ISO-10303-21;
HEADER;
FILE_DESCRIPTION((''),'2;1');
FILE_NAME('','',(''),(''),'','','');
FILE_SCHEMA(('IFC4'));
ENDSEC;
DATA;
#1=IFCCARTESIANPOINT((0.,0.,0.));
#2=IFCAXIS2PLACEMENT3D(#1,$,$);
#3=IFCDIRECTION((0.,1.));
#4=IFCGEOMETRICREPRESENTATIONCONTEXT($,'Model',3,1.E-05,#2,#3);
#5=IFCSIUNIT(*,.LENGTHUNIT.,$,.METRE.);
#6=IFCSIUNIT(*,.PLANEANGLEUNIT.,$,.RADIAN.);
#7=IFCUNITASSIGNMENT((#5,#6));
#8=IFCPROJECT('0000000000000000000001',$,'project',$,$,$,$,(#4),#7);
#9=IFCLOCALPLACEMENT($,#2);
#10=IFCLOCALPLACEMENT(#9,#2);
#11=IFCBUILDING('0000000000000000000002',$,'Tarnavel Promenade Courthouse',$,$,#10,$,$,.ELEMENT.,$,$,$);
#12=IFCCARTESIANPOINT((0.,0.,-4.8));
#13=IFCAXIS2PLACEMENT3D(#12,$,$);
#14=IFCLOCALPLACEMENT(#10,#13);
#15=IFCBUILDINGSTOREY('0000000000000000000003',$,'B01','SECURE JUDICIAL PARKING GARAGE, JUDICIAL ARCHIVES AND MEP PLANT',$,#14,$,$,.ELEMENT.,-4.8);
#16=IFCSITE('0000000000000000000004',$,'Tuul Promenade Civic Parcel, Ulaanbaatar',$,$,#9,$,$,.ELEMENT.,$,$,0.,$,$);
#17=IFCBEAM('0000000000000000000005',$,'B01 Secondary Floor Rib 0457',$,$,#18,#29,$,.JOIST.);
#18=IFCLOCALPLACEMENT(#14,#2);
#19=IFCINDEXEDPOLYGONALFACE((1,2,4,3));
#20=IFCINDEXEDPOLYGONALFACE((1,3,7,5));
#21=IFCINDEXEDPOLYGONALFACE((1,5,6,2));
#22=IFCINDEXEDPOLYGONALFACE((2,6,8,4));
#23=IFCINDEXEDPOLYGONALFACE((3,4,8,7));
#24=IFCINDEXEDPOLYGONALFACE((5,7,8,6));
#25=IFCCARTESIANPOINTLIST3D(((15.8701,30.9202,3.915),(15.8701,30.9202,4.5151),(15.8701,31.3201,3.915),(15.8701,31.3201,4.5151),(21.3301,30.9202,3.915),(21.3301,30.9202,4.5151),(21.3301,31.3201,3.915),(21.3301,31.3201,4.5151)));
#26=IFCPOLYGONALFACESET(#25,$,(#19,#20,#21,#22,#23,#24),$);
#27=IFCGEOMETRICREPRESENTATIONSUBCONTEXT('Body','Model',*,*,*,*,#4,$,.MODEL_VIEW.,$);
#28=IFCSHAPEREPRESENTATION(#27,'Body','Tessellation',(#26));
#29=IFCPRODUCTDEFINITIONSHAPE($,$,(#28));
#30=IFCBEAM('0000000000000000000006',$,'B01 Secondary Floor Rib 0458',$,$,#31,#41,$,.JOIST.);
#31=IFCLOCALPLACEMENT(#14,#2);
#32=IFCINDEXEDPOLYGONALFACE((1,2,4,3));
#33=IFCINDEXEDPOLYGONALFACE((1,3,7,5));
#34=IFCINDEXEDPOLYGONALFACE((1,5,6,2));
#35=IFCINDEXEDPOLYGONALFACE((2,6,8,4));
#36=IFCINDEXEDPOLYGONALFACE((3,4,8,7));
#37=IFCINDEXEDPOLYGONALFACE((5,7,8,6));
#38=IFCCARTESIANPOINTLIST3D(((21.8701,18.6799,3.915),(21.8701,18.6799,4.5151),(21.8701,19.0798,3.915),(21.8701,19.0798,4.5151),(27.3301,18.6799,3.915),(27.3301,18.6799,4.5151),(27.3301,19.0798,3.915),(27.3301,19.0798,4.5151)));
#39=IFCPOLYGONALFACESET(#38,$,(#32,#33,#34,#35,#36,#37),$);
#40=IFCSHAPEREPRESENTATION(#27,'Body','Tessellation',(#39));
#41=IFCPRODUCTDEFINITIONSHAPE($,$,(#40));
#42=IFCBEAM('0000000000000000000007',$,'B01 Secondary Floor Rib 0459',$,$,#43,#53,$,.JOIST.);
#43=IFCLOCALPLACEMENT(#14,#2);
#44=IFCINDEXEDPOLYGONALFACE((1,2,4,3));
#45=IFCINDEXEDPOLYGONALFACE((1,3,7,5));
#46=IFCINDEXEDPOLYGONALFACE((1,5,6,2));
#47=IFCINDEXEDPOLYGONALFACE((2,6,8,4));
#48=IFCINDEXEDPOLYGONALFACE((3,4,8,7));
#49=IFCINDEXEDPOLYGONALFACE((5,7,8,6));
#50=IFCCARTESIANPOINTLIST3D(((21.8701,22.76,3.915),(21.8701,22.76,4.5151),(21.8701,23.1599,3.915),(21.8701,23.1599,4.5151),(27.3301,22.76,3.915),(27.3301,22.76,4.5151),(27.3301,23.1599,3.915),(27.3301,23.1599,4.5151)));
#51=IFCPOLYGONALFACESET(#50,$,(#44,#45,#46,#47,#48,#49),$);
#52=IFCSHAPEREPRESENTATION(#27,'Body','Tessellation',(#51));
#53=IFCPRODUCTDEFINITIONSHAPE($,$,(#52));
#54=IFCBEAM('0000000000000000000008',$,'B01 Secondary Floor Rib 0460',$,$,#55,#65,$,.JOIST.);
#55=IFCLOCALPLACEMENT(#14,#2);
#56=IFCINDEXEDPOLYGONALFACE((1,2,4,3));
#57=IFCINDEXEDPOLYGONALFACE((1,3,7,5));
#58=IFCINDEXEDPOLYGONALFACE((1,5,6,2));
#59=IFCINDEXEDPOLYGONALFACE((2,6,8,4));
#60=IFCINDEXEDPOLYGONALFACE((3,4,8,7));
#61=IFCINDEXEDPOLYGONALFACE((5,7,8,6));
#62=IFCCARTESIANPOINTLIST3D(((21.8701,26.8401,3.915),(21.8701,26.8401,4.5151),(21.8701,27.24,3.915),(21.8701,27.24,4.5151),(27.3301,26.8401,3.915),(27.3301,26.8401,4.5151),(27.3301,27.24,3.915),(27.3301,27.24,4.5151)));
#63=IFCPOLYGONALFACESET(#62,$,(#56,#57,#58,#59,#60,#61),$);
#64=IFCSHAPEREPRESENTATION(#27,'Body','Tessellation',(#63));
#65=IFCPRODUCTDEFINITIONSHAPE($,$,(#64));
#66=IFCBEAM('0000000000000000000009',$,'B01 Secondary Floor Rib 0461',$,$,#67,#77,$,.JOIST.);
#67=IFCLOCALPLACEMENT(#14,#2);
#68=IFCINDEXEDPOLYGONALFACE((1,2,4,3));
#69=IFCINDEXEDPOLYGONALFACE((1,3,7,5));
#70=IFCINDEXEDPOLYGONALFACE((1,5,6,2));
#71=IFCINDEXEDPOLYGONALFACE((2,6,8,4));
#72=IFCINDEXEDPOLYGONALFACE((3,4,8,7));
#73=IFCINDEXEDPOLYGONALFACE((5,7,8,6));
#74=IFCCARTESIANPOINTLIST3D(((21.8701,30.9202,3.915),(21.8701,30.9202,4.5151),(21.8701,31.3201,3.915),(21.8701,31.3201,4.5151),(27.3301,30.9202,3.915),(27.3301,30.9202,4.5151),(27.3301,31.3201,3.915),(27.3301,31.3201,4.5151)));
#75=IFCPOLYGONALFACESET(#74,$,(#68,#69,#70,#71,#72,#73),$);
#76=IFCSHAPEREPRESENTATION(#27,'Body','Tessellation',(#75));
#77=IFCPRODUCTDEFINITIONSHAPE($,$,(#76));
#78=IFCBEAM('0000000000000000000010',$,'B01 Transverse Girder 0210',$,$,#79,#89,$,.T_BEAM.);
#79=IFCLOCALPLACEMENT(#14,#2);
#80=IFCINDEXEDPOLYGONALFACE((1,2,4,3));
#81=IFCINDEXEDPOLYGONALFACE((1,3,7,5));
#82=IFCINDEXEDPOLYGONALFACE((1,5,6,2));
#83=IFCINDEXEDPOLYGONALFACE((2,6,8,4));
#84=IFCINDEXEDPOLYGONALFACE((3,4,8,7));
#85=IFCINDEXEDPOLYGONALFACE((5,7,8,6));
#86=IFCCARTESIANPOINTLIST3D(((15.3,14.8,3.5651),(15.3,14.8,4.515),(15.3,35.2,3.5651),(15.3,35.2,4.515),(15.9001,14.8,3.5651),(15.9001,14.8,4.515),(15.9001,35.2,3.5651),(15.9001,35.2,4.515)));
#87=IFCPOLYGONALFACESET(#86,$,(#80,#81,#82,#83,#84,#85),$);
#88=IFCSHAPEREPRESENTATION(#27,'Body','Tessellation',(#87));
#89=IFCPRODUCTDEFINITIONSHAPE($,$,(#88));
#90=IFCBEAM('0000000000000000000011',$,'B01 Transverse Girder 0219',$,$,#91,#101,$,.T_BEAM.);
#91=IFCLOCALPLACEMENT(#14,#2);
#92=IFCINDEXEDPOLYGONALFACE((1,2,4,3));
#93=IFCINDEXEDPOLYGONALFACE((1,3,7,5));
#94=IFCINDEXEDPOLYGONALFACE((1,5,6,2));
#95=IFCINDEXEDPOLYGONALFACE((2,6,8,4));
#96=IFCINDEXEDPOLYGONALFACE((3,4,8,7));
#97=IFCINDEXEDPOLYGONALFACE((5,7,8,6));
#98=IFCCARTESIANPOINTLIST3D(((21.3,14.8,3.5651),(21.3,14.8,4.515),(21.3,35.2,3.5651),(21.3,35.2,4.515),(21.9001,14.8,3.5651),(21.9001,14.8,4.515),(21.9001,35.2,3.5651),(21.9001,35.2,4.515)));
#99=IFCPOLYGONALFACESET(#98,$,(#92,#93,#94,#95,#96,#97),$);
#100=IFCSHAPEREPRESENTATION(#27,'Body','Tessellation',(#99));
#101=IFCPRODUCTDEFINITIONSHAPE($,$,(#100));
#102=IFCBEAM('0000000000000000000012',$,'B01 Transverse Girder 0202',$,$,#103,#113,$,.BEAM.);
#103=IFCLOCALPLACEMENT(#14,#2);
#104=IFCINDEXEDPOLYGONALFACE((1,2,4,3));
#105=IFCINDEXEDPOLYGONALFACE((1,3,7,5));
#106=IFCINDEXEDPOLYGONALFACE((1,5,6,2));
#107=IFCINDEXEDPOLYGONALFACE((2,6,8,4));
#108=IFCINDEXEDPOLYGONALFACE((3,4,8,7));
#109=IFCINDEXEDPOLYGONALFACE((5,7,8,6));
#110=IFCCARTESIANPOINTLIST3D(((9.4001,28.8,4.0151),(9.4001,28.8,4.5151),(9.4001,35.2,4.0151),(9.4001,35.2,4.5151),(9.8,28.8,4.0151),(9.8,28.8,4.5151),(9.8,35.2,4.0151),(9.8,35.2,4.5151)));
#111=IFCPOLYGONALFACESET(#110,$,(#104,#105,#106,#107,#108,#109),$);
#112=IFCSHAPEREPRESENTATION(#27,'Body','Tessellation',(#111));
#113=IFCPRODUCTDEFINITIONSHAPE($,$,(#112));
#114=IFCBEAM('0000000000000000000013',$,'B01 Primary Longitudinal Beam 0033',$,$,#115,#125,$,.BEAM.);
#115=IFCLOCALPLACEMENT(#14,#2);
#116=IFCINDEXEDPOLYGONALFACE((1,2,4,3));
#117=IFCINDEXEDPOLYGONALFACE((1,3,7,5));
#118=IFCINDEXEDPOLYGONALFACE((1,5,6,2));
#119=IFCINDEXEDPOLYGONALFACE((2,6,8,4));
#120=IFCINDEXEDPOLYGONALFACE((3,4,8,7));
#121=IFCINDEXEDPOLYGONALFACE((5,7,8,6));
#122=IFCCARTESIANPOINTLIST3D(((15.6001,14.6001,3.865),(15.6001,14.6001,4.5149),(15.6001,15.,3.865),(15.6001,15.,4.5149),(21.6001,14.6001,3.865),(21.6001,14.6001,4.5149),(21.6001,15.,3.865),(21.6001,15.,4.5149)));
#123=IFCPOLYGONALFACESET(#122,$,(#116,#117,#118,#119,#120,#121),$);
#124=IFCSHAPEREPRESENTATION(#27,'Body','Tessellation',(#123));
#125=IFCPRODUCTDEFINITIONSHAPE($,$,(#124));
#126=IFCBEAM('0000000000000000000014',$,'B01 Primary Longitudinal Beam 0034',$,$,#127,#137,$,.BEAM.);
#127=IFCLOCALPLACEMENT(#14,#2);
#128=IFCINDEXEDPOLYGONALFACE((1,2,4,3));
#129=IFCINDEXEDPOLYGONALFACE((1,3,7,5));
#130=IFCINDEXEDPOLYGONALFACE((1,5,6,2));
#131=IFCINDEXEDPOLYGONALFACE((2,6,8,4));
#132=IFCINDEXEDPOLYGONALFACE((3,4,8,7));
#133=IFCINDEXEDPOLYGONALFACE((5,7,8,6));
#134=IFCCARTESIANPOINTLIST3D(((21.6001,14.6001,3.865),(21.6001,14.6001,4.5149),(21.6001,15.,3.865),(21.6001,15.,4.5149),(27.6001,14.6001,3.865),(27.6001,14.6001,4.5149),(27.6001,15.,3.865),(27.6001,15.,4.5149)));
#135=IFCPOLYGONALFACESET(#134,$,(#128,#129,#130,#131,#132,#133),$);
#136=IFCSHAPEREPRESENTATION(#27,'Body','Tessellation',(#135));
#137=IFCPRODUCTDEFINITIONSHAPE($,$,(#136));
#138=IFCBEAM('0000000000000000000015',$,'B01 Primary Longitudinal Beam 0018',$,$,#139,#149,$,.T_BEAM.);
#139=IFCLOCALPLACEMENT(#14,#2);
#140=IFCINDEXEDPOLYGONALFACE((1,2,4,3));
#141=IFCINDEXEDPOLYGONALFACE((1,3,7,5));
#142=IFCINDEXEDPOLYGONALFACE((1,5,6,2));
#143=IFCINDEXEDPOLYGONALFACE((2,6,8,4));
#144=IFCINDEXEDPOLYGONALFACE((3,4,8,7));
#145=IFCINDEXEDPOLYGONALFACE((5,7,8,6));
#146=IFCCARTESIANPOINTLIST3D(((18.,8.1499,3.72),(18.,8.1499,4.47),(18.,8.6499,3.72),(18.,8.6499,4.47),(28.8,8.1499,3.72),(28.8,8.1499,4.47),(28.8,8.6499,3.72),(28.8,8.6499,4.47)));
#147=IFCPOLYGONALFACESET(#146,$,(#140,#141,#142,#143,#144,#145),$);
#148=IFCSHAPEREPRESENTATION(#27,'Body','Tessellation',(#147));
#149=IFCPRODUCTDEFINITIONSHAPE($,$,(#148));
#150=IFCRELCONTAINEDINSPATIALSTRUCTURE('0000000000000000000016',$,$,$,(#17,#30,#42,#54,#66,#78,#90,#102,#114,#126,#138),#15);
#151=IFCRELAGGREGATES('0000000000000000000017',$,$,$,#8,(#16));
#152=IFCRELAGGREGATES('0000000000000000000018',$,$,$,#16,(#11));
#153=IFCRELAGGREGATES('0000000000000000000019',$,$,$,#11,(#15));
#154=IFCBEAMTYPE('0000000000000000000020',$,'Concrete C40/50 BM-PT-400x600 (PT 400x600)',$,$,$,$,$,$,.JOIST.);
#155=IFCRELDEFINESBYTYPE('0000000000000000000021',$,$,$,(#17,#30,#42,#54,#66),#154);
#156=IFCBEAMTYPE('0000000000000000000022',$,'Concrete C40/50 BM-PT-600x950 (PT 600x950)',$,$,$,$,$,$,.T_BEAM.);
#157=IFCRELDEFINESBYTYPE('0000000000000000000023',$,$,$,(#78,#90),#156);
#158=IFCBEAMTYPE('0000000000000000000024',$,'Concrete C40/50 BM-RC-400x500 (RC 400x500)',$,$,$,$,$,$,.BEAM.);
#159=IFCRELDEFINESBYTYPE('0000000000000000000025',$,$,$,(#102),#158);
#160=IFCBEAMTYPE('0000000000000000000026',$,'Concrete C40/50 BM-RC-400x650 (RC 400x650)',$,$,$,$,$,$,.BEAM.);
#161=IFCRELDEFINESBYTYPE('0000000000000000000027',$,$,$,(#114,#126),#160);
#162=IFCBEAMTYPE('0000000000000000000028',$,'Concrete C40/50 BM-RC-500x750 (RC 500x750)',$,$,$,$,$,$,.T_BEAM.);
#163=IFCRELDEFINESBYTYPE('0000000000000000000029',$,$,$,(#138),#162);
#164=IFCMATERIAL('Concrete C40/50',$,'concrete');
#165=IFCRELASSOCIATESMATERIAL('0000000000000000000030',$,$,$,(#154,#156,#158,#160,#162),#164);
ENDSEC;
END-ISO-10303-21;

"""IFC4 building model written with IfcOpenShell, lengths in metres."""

from ifc_helpers import new_model, si_unit, direction, frame, origin, origin_2d, place, context, subcontext, project, spatial, rectangle, extrude, material, material_profile, profile_set, type_object, element, save


model = new_model("IFC4")

# Units and contexts
model_context = context("Model", 3, precision=1e-05, world=origin(), true_north=direction((0.0, 1.0)))
body_context = subcontext(model_context, "Body", "Model", "MODEL_VIEW")
ifc_project = project(units=[si_unit("LENGTHUNIT", "METRE"), si_unit("PLANEANGLEUNIT", "RADIAN")], contexts=[model_context])

# Site, building, storey
site_placement = place(None, origin())
site = spatial("IfcSite", under=ifc_project, at=site_placement, Name="Tuul Promenade Civic Parcel, Ulaanbaatar", CompositionType="ELEMENT", RefElevation=0.0)
building_placement = place(site_placement, origin())
building = spatial("IfcBuilding", under=site, at=building_placement, Name="Tarnavel Promenade Courthouse", CompositionType="ELEMENT")
storey_placement = place(building_placement, frame((0.0, 0.0, -4.8)))
storey = spatial("IfcBuildingStorey", under=building, at=storey_placement, Name="B01", Description="SECURE JUDICIAL PARKING GARAGE, JUDICIAL ARCHIVES AND MEP PLANT", CompositionType="ELEMENT", Elevation=-4.8)

# Shared definitions
ifc_material_1 = material(Name="Concrete C40/50", Category="concrete")

# Beams
ifc_material_profile_1 = material_profile(ifc_material_1, rectangle(XDim=0.3999, YDim=0.6001, at=origin_2d()), Name="PT 400x600")
ifc_profile_set_1 = profile_set([ifc_material_profile_1], Name="Concrete C40/50")
beam_type_1 = type_object("IfcBeamType", Name="Concrete C40/50 BM-PT-400x600 (PT 400x600)", PredefinedType="JOIST", material=ifc_profile_set_1)
for number, where, z_axis, x_axis, name in (
    (1, (15.8701, 31.1201, 4.2151), (1.0, 0.0, 0.0), (0.0, 1.0, 0.0), "B01 Secondary Floor Rib 0457"),
    (2, (21.8701, 18.8799, 4.2151), (1.0, 0.0, 0.0), (0.0, 1.0, 0.0), "B01 Secondary Floor Rib 0458"),
    (3, (21.8701, 22.96, 4.2151), (1.0, 0.0, 0.0), (0.0, 1.0, 0.0), "B01 Secondary Floor Rib 0459"),
    (4, (21.8701, 27.04, 4.2151), (1.0, 0.0, 0.0), (0.0, 1.0, 0.0), "B01 Secondary Floor Rib 0460"),
    (5, (21.8701, 31.1201, 4.2151), (1.0, 0.0, 0.0), (0.0, 1.0, 0.0), "B01 Secondary Floor Rib 0461"),
):
    element("IfcBeam", number, at=place(storey_placement, frame(where, z_axis=z_axis, x_axis=x_axis)), inside=storey, type_object=beam_type_1, Name=name, PredefinedType="JOIST", context=body_context, shape_type="SweptSolid", body=[
        extrude(rectangle(XDim=0.3999, YDim=0.6001, at=origin_2d()), origin(), (0.0, 0.0, 1.0), 5.46),
    ])
ifc_material_profile_2 = material_profile(ifc_material_1, rectangle(XDim=0.6001, YDim=0.95, at=origin_2d()), Name="PT 600x950")
ifc_profile_set_2 = profile_set([ifc_material_profile_2], Name="Concrete C40/50")
beam_type_2 = type_object("IfcBeamType", Name="Concrete C40/50 BM-PT-600x950 (PT 600x950)", PredefinedType="T_BEAM", material=ifc_profile_set_2)
for number, where, z_axis, x_axis, name in (
    (6, (15.6001, 14.8, 4.04), (0.0, 1.0, 0.0), (-1.0, 0.0, 0.0), "B01 Transverse Girder 0210"),
    (7, (21.6001, 14.8, 4.04), (0.0, 1.0, 0.0), (-1.0, 0.0, 0.0), "B01 Transverse Girder 0219"),
):
    element("IfcBeam", number, at=place(storey_placement, frame(where, z_axis=z_axis, x_axis=x_axis)), inside=storey, type_object=beam_type_2, Name=name, PredefinedType="T_BEAM", context=body_context, shape_type="SweptSolid", body=[
        extrude(rectangle(XDim=0.6001, YDim=0.95, at=origin_2d()), origin(), (0.0, 0.0, 1.0), 20.3999),
    ])
ifc_material_profile_3 = material_profile(ifc_material_1, rectangle(XDim=0.3999, YDim=0.5, at=origin_2d()), Name="RC 400x500")
ifc_profile_set_3 = profile_set([ifc_material_profile_3], Name="Concrete C40/50")
beam_type_3 = type_object("IfcBeamType", Name="Concrete C40/50 BM-RC-400x500 (RC 400x500)", PredefinedType="BEAM", material=ifc_profile_set_3)
beam_1_placement = place(storey_placement, frame((9.6001, 28.8, 4.2651), z_axis=(0.0, 1.0, 0.0), x_axis=(-1.0, 0.0, 0.0)))
element("IfcBeam", 8, at=beam_1_placement, inside=storey, type_object=beam_type_3, Name="B01 Transverse Girder 0202", PredefinedType="BEAM", context=body_context, shape_type="SweptSolid", body=[
    extrude(rectangle(XDim=0.3999, YDim=0.5, at=origin_2d()), origin(), (0.0, 0.0, 1.0), 6.3999),
])
ifc_material_profile_4 = material_profile(ifc_material_1, rectangle(XDim=0.3999, YDim=0.6499, at=origin_2d()), Name="RC 400x650")
ifc_profile_set_4 = profile_set([ifc_material_profile_4], Name="Concrete C40/50")
beam_type_4 = type_object("IfcBeamType", Name="Concrete C40/50 BM-RC-400x650 (RC 400x650)", PredefinedType="BEAM", material=ifc_profile_set_4)
for number, where, z_axis, x_axis, name in (
    (9, (15.6001, 14.8, 4.1899), (1.0, 0.0, 0.0), (0.0, 1.0, 0.0), "B01 Primary Longitudinal Beam 0033"),
    (10, (21.6001, 14.8, 4.1899), (1.0, 0.0, 0.0), (0.0, 1.0, 0.0), "B01 Primary Longitudinal Beam 0034"),
):
    element("IfcBeam", number, at=place(storey_placement, frame(where, z_axis=z_axis, x_axis=x_axis)), inside=storey, type_object=beam_type_4, Name=name, PredefinedType="BEAM", context=body_context, shape_type="SweptSolid", body=[
        extrude(rectangle(XDim=0.3999, YDim=0.6499, at=origin_2d()), origin(), (0.0, 0.0, 1.0), 6.0),
    ])
ifc_material_profile_5 = material_profile(ifc_material_1, rectangle(XDim=0.5, YDim=0.75, at=origin_2d()), Name="RC 500x750")
ifc_profile_set_5 = profile_set([ifc_material_profile_5], Name="Concrete C40/50")
beam_type_5 = type_object("IfcBeamType", Name="Concrete C40/50 BM-RC-500x750 (RC 500x750)", PredefinedType="T_BEAM", material=ifc_profile_set_5)
beam_2_placement = place(storey_placement, frame((18.0, 8.3999, 4.095), z_axis=(1.0, 0.0, 0.0), x_axis=(0.0, 1.0, 0.0)))
element("IfcBeam", 11, at=beam_2_placement, inside=storey, type_object=beam_type_5, Name="B01 Primary Longitudinal Beam 0018", PredefinedType="T_BEAM", context=body_context, shape_type="SweptSolid", body=[
    extrude(rectangle(XDim=0.5, YDim=0.75, at=origin_2d()), origin(), (0.0, 0.0, 1.0), 10.8),
])

save(model, "model.ifc")
